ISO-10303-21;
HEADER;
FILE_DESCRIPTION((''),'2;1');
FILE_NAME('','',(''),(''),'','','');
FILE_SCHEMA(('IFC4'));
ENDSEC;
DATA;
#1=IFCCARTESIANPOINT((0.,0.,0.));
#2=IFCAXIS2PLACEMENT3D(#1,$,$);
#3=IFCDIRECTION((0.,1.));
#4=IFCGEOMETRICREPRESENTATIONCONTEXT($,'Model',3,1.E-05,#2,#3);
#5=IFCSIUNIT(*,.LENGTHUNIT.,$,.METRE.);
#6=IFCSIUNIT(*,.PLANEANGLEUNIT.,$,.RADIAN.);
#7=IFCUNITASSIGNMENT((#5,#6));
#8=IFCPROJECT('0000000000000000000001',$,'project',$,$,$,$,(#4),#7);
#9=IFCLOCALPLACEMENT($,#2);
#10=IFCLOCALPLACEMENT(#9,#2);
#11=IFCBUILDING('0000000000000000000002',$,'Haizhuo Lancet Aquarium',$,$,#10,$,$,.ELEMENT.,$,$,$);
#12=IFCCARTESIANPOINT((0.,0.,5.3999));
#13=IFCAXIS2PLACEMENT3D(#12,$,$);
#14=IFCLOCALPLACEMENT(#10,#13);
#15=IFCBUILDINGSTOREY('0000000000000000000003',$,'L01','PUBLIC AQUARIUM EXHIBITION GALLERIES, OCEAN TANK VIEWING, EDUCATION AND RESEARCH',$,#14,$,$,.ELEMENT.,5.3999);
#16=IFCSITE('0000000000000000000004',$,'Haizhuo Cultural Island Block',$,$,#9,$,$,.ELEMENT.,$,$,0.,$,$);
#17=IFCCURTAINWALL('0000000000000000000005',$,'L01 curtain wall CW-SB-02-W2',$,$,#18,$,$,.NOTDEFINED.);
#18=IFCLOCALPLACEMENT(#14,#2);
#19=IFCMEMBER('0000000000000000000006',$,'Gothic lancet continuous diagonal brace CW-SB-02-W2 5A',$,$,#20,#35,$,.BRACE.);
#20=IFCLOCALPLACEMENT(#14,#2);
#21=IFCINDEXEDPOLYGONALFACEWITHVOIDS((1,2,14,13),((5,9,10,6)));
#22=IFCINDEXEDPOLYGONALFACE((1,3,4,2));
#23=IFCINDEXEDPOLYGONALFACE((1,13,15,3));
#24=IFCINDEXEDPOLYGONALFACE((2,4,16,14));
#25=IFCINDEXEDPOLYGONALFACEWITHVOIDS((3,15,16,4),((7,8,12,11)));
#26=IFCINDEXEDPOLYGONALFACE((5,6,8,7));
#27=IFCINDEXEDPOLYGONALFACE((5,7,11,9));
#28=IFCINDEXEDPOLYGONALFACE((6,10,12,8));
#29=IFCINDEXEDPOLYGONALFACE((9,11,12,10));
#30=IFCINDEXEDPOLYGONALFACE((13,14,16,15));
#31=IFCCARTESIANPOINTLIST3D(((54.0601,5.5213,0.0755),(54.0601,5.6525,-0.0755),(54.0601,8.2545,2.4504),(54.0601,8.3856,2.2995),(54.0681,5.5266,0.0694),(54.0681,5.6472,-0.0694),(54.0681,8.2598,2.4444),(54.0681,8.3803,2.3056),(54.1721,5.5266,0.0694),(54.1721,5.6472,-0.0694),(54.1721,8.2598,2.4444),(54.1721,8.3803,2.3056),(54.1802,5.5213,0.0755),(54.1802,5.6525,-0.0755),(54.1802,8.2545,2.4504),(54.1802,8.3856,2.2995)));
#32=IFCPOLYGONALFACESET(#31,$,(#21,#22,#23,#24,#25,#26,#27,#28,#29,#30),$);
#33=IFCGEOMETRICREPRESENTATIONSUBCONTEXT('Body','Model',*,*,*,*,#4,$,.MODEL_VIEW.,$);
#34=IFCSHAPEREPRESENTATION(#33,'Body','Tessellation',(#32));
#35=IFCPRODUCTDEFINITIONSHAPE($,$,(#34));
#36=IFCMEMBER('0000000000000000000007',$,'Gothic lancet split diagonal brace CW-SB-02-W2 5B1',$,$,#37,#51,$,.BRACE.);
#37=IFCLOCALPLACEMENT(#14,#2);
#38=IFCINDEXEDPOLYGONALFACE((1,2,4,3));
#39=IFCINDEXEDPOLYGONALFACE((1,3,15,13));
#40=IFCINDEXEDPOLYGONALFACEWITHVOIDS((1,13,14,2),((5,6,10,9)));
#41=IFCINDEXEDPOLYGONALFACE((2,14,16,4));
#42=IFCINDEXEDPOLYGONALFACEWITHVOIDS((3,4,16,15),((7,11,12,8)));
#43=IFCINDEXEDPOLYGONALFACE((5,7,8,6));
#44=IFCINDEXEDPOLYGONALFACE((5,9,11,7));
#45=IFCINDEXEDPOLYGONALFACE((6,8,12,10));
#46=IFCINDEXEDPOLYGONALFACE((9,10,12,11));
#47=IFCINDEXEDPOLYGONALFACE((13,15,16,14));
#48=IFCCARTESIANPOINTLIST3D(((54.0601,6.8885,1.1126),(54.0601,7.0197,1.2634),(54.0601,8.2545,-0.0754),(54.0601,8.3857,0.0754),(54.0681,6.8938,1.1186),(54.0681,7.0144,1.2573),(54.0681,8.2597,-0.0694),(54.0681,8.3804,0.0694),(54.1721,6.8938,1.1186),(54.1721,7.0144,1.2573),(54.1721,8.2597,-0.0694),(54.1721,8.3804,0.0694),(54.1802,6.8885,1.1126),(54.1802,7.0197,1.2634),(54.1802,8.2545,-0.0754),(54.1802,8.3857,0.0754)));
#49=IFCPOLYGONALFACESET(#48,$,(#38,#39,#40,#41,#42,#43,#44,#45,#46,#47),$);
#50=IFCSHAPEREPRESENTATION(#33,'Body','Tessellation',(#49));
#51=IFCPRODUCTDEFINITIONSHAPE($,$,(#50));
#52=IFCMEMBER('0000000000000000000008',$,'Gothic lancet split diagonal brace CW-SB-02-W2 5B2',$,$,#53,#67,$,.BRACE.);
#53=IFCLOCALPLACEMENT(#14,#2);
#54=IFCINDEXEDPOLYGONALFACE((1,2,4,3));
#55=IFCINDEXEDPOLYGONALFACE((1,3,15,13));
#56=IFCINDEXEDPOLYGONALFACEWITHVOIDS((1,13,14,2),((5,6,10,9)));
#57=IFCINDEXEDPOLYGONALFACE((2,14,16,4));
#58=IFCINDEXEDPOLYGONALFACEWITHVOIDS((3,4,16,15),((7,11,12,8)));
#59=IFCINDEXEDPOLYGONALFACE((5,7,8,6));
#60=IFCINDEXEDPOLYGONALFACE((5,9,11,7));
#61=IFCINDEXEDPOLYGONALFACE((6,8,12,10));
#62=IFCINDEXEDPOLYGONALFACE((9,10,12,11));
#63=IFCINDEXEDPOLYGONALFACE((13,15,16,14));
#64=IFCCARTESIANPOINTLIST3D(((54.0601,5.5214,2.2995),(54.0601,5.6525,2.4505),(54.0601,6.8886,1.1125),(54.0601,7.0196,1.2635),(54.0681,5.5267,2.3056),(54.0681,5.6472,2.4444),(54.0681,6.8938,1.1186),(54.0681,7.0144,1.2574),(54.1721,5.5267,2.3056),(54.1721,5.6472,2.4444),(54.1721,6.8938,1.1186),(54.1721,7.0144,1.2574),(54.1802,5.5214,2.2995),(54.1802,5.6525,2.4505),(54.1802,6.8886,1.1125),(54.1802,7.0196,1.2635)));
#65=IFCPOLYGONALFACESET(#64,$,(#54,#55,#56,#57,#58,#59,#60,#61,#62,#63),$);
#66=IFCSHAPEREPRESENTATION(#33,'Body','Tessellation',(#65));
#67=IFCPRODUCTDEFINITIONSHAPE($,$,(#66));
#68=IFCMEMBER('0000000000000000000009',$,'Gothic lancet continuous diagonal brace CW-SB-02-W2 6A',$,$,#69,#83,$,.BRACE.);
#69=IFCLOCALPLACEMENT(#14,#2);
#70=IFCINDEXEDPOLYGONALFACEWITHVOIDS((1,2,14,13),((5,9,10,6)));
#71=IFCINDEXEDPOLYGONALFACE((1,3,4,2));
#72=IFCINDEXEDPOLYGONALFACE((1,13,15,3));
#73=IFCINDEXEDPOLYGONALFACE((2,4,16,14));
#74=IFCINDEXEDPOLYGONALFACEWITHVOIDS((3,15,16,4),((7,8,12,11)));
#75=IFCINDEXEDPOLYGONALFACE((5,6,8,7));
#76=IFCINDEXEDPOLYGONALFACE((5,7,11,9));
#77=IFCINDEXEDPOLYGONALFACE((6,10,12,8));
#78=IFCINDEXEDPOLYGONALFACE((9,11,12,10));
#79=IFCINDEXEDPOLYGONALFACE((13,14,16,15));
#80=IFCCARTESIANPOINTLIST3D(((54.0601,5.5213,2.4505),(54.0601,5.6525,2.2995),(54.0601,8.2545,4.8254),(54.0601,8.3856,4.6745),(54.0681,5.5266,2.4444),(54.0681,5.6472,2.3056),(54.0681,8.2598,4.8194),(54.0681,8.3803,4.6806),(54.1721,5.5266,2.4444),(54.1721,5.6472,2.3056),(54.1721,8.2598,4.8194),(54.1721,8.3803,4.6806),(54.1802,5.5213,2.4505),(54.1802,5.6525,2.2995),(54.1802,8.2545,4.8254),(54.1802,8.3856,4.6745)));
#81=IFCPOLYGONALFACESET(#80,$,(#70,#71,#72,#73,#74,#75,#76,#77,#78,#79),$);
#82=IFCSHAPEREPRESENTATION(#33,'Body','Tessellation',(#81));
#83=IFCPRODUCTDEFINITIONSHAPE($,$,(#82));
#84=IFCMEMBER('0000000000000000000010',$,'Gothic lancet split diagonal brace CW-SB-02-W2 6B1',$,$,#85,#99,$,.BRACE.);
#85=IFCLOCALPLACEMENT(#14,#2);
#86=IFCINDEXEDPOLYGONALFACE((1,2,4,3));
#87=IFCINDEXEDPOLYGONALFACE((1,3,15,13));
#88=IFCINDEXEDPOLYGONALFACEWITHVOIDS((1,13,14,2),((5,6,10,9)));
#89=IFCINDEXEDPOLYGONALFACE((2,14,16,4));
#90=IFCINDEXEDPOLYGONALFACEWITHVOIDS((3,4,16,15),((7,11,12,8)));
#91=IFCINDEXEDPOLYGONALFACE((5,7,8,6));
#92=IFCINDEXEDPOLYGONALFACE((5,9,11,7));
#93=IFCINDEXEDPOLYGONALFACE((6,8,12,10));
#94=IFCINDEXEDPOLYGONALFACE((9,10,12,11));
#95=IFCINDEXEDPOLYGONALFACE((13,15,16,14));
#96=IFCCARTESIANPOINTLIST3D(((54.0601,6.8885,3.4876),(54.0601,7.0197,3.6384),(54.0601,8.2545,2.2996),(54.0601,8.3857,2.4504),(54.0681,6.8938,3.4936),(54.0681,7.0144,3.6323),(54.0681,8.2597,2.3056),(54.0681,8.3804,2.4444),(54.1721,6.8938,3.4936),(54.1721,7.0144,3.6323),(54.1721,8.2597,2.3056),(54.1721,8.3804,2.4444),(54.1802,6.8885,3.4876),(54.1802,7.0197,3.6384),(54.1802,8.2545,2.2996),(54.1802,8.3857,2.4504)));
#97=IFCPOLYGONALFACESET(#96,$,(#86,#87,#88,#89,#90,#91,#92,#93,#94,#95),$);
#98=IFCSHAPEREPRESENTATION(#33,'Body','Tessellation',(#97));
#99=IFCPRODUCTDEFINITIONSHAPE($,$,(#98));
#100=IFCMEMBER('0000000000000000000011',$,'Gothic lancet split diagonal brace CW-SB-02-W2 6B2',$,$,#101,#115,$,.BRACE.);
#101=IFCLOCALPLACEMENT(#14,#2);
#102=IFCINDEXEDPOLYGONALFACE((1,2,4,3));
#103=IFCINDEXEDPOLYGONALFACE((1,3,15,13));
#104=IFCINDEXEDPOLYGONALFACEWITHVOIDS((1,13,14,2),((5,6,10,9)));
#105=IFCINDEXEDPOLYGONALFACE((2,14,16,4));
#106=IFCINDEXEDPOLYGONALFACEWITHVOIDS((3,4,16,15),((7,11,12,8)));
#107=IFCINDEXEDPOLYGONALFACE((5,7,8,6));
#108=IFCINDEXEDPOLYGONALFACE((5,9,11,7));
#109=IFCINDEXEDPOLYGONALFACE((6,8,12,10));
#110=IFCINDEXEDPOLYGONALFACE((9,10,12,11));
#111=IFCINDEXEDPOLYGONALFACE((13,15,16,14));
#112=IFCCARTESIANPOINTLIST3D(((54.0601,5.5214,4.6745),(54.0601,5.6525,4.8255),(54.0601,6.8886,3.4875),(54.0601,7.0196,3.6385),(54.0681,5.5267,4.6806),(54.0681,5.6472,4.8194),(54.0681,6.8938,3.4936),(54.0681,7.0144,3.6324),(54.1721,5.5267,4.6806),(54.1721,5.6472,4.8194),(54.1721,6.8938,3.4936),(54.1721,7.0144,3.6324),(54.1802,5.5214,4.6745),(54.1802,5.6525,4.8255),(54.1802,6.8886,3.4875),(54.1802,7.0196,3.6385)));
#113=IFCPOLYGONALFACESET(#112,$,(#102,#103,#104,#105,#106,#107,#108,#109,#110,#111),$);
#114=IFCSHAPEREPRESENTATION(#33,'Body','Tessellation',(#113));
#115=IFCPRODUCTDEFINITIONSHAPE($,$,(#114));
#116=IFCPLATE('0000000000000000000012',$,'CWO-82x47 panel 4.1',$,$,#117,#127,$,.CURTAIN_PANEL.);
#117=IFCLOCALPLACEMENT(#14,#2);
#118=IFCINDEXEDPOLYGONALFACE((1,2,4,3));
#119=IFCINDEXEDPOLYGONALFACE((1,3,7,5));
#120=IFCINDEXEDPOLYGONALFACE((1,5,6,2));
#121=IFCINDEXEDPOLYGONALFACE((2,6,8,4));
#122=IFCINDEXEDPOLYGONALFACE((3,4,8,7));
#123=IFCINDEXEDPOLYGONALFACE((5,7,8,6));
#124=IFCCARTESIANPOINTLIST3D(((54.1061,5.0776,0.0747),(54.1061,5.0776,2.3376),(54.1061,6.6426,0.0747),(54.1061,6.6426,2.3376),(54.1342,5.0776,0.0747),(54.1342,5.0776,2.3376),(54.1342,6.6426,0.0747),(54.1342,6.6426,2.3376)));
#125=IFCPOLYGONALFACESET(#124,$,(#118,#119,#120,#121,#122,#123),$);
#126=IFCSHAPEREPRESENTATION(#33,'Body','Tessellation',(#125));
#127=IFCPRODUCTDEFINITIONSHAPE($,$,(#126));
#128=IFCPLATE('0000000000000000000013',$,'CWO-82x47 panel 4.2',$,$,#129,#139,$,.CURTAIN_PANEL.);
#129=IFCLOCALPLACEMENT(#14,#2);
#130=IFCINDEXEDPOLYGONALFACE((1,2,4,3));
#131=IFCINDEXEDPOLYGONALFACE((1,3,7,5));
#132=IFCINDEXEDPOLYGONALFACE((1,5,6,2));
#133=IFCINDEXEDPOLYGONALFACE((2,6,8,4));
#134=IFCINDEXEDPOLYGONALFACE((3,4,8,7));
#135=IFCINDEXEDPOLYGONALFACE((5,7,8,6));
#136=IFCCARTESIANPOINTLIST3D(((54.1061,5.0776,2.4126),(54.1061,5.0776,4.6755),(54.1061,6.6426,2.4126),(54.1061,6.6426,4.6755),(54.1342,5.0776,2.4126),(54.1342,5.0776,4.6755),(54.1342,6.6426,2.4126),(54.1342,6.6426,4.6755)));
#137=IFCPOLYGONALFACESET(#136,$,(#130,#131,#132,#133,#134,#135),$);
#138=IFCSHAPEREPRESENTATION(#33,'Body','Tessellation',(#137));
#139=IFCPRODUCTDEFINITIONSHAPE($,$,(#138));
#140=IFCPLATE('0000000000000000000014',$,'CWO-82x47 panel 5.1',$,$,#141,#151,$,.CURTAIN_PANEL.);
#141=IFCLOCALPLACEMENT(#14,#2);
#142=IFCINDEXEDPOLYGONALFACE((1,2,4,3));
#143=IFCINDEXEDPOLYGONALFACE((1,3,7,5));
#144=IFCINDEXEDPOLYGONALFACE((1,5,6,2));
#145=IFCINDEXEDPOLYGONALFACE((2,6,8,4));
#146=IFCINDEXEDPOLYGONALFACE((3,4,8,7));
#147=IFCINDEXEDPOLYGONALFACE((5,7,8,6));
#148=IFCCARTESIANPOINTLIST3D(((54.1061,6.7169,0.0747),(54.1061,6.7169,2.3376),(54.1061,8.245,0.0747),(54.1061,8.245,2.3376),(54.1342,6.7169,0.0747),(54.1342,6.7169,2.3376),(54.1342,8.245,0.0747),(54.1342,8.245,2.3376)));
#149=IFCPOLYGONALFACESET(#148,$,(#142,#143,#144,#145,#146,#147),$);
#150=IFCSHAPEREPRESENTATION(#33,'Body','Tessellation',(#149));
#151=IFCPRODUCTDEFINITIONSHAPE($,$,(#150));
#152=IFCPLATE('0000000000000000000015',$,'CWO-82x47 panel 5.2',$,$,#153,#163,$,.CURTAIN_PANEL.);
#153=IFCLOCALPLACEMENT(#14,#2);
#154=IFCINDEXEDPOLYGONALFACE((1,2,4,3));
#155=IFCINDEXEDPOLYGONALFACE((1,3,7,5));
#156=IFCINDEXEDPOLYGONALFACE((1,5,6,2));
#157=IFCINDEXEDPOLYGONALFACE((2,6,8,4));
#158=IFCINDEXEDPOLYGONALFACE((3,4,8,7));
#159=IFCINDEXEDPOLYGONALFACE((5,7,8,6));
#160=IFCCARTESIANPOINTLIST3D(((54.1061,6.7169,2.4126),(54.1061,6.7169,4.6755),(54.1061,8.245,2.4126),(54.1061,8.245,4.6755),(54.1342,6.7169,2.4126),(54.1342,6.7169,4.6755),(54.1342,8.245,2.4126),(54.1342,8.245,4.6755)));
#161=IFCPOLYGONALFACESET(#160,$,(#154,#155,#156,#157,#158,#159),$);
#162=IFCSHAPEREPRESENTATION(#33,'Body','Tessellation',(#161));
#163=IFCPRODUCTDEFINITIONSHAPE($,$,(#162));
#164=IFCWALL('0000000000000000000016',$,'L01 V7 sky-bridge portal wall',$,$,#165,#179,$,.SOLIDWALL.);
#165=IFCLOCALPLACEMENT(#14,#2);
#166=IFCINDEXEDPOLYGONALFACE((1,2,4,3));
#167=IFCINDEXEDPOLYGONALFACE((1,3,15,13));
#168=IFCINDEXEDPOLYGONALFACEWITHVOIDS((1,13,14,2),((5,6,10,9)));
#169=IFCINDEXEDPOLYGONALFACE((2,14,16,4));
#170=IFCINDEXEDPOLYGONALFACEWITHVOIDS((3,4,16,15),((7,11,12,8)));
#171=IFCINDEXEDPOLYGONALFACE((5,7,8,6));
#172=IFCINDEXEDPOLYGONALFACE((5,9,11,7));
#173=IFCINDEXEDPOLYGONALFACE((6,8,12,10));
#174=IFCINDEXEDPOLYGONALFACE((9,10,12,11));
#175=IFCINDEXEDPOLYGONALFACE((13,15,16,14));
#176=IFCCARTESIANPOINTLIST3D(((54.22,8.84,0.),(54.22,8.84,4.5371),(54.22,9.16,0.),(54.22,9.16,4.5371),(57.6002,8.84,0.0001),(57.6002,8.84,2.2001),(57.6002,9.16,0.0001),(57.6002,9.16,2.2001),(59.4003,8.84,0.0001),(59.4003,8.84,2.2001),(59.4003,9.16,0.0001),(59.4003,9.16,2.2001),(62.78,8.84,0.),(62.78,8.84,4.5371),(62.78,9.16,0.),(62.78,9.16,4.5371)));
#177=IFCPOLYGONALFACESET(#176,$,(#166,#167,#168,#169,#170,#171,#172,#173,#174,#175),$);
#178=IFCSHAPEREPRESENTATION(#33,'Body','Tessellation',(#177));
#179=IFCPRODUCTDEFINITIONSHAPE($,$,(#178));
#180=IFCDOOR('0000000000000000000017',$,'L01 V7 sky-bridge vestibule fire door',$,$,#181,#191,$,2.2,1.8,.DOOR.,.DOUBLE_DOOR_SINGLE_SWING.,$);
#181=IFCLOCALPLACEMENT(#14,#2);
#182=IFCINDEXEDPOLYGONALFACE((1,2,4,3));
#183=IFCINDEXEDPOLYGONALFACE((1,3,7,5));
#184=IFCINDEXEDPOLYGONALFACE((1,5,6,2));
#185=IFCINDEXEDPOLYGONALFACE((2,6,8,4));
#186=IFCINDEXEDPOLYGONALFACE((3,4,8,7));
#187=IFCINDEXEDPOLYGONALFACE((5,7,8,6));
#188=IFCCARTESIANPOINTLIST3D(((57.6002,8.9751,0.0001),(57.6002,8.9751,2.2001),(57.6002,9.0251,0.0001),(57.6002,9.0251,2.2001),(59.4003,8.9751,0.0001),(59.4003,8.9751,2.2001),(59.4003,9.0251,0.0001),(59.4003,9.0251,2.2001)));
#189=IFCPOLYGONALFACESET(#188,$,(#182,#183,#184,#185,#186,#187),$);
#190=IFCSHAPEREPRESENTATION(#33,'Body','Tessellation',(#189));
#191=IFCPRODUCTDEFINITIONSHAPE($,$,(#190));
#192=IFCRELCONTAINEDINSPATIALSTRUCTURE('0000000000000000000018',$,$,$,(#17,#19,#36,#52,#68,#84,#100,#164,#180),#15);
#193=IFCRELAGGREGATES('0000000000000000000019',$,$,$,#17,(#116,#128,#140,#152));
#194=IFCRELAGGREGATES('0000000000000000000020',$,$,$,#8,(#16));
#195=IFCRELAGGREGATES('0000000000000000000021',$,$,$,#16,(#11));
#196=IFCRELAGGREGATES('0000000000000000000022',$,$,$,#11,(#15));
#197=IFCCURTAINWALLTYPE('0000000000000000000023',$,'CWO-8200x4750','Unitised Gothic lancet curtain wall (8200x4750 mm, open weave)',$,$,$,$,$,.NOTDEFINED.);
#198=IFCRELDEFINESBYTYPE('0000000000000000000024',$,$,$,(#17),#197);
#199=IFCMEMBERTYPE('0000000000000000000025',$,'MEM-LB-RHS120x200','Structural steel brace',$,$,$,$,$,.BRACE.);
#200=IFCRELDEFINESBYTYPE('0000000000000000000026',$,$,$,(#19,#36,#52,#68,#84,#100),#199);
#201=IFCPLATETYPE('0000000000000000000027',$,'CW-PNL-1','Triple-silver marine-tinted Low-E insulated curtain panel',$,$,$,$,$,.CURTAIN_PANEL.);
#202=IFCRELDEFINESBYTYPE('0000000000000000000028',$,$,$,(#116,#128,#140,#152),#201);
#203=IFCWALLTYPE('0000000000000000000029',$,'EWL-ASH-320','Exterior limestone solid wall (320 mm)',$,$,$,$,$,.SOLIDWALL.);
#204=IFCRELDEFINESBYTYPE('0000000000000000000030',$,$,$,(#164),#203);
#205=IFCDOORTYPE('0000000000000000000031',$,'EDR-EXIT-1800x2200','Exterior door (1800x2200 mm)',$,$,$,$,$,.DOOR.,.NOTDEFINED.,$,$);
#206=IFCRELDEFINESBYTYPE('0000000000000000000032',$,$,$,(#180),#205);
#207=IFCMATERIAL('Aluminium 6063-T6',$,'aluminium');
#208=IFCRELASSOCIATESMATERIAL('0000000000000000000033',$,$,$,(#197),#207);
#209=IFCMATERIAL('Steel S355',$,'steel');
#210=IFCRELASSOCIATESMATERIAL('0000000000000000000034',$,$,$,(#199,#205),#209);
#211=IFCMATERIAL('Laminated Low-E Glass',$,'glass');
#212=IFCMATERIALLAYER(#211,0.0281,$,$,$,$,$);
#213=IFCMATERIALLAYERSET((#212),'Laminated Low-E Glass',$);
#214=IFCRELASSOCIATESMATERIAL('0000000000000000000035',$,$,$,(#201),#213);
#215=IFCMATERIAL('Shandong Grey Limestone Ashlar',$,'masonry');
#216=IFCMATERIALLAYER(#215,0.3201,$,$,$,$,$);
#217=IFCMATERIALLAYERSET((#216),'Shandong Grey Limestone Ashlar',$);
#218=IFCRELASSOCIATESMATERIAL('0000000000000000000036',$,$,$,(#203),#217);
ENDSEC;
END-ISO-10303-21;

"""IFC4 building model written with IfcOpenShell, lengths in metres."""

from ifc_helpers import new_model, si_unit, direction, frame, frame_2d, origin, origin_2d, place, context, subcontext, project, spatial, rectangle, hollow_rectangle, extrude, material, layer, layer_set, material_profile, profile_set, type_object, element, fill, aggregate, save


model = new_model("IFC4")

# Units and contexts
model_context = context("Model", 3, precision=1e-05, world=origin(), true_north=direction((0.0, 1.0)))
body_context = subcontext(model_context, "Body", "Model", "MODEL_VIEW")
ifc_project = project(units=[si_unit("LENGTHUNIT", "METRE"), si_unit("PLANEANGLEUNIT", "RADIAN")], contexts=[model_context])

# Site, building, storey
site_placement = place(None, origin())
site = spatial("IfcSite", under=ifc_project, at=site_placement, Name="Haizhuo Cultural Island Block", CompositionType="ELEMENT", RefElevation=0.0)
building_placement = place(site_placement, origin())
building = spatial("IfcBuilding", under=site, at=building_placement, Name="Haizhuo Lancet Aquarium", CompositionType="ELEMENT")
storey_placement = place(building_placement, frame((0.0, 0.0, 5.3999)))
storey = spatial("IfcBuildingStorey", under=building, at=storey_placement, Name="L01", Description="PUBLIC AQUARIUM EXHIBITION GALLERIES, OCEAN TANK VIEWING, EDUCATION AND RESEARCH", CompositionType="ELEMENT", Elevation=5.3999)

# Curtain wall
ifc_material_1 = material(Name="Aluminium 6063-T6", Category="aluminium")
curtain_wall_type = type_object("IfcCurtainWallType", Name="CWO-8200x4750", Description="Unitised Gothic lancet curtain wall (8200x4750 mm, open weave)", PredefinedType="NOTDEFINED", material=ifc_material_1)
curtain_wall_placement = place(storey_placement, origin())
curtain_wall = element("IfcCurtainWall", 1, at=curtain_wall_placement, inside=storey, type_object=curtain_wall_type, Name="L01 curtain wall CW-SB-02-W2", PredefinedType="NOTDEFINED")

# Members
ifc_material_2 = material(Name="Steel S355", Category="steel")
ifc_material_profile_1 = material_profile(ifc_material_2, hollow_rectangle(XDim=0.1201, YDim=0.2, WallThickness=0.0081, at=origin_2d()), Name="RHS 120x200x8")
ifc_profile_set_1 = profile_set([ifc_material_profile_1], Name="Steel S355")
member_type_1 = type_object("IfcMemberType", Name="MEM-LB-RHS120x200", Description="Structural steel brace", PredefinedType="BRACE", material=ifc_profile_set_1)
member_1_placement = place(storey_placement, frame((54.1201, 5.5869, 0.0), z_axis=(0.0, 0.754832, 0.655918), x_axis=(-1.0, 0.0, 0.0)))
element("IfcMember", 2, at=member_1_placement, inside=storey, type_object=member_type_1, Name="Gothic lancet continuous diagonal brace CW-SB-02-W2 5A", PredefinedType="BRACE", context=body_context, shape_type="SweptSolid", body=[
    extrude(hollow_rectangle(XDim=0.1201, YDim=0.2, WallThickness=0.0081, at=origin_2d()), origin(), (0.0, 0.0, 1.0), 3.6208),
])
member_2_placement = place(storey_placement, frame((54.1201, 8.3201, 0.0), z_axis=(0.0, -0.754553, 0.656239), x_axis=(1.0, 0.0, 0.0)))
element("IfcMember", 3, at=member_2_placement, inside=storey, type_object=member_type_1, Name="Gothic lancet split diagonal brace CW-SB-02-W2 5B1", PredefinedType="BRACE", context=body_context, shape_type="SweptSolid", body=[
    extrude(hollow_rectangle(XDim=0.1201, YDim=0.2, WallThickness=0.0081, at=origin_2d()), origin(), (0.0, 0.0, 1.0), 1.8103),
])
member_3_placement = place(storey_placement, frame((54.1201, 6.9541, 1.188), z_axis=(0.0, -0.75511, 0.655598), x_axis=(1.0, 0.0, 0.0)))
element("IfcMember", 4, at=member_3_placement, inside=storey, type_object=member_type_1, Name="Gothic lancet split diagonal brace CW-SB-02-W2 5B2", PredefinedType="BRACE", context=body_context, shape_type="SweptSolid", body=[
    extrude(hollow_rectangle(XDim=0.1201, YDim=0.2, WallThickness=0.0081, at=origin_2d()), origin(), (0.0, 0.0, 1.0), 1.8105),
])
member_4_placement = place(storey_placement, frame((54.1201, 5.5869, 2.375), z_axis=(0.0, 0.754832, 0.655918), x_axis=(-1.0, 0.0, 0.0)))
element("IfcMember", 5, at=member_4_placement, inside=storey, type_object=member_type_1, Name="Gothic lancet continuous diagonal brace CW-SB-02-W2 6A", PredefinedType="BRACE", context=body_context, shape_type="SweptSolid", body=[
    extrude(hollow_rectangle(XDim=0.1201, YDim=0.2, WallThickness=0.0081, at=origin_2d()), origin(), (0.0, 0.0, 1.0), 3.6208),
])
member_5_placement = place(storey_placement, frame((54.1201, 8.3201, 2.375), z_axis=(0.0, -0.754553, 0.656239), x_axis=(1.0, 0.0, 0.0)))
element("IfcMember", 6, at=member_5_placement, inside=storey, type_object=member_type_1, Name="Gothic lancet split diagonal brace CW-SB-02-W2 6B1", PredefinedType="BRACE", context=body_context, shape_type="SweptSolid", body=[
    extrude(hollow_rectangle(XDim=0.1201, YDim=0.2, WallThickness=0.0081, at=origin_2d()), origin(), (0.0, 0.0, 1.0), 1.8103),
])
member_6_placement = place(storey_placement, frame((54.1201, 6.9541, 3.563), z_axis=(0.0, -0.75511, 0.655598), x_axis=(1.0, 0.0, 0.0)))
element("IfcMember", 7, at=member_6_placement, inside=storey, type_object=member_type_1, Name="Gothic lancet split diagonal brace CW-SB-02-W2 6B2", PredefinedType="BRACE", context=body_context, shape_type="SweptSolid", body=[
    extrude(hollow_rectangle(XDim=0.1201, YDim=0.2, WallThickness=0.0081, at=origin_2d()), origin(), (0.0, 0.0, 1.0), 1.8105),
])

# Plates
ifc_material_3 = material(Name="Laminated Low-E Glass", Category="glass")
ifc_layer_1 = layer(ifc_material_3, 0.0281)
ifc_layer_set_1 = layer_set([ifc_layer_1], Name="Laminated Low-E Glass")
plate_type = type_object("IfcPlateType", Name="CW-PNL-1", Description="Triple-silver marine-tinted Low-E insulated curtain panel", PredefinedType="CURTAIN_PANEL", material=ifc_layer_set_1)
plate_1_placement = place(storey_placement, frame((54.1201, 5.8601, 0.0747), z_axis=(0.0, 0.0, 1.0), x_axis=(0.0, 1.0, 0.0)))
plate_1 = element("IfcPlate", 8, at=plate_1_placement, type_object=plate_type, Name="CWO-82x47 panel 4.1", PredefinedType="CURTAIN_PANEL", context=body_context, shape_type="SweptSolid", body=[
    extrude(rectangle(XDim=1.5649, YDim=0.0281, at=origin_2d()), origin(), (0.0, 0.0, 1.0), 2.2629),
])
plate_2_placement = place(storey_placement, frame((54.1201, 5.8601, 2.4126), z_axis=(0.0, 0.0, 1.0), x_axis=(0.0, 1.0, 0.0)))
plate_2 = element("IfcPlate", 9, at=plate_2_placement, type_object=plate_type, Name="CWO-82x47 panel 4.2", PredefinedType="CURTAIN_PANEL", context=body_context, shape_type="SweptSolid", body=[
    extrude(rectangle(XDim=1.5649, YDim=0.0281, at=origin_2d()), origin(), (0.0, 0.0, 1.0), 2.2629),
])
plate_3_placement = place(storey_placement, frame((54.1201, 7.481, 0.0747), z_axis=(0.0, 0.0, 1.0), x_axis=(0.0, 1.0, 0.0)))
plate_3 = element("IfcPlate", 10, at=plate_3_placement, type_object=plate_type, Name="CWO-82x47 panel 5.1", PredefinedType="CURTAIN_PANEL", context=body_context, shape_type="SweptSolid", body=[
    extrude(rectangle(XDim=1.5281, YDim=0.0281, at=origin_2d()), origin(), (0.0, 0.0, 1.0), 2.2629),
])
plate_4_placement = place(storey_placement, frame((54.1201, 7.481, 2.4126), z_axis=(0.0, 0.0, 1.0), x_axis=(0.0, 1.0, 0.0)))
plate_4 = element("IfcPlate", 11, at=plate_4_placement, type_object=plate_type, Name="CWO-82x47 panel 5.2", PredefinedType="CURTAIN_PANEL", context=body_context, shape_type="SweptSolid", body=[
    extrude(rectangle(XDim=1.5281, YDim=0.0281, at=origin_2d()), origin(), (0.0, 0.0, 1.0), 2.2629),
])
aggregate(curtain_wall, [plate_1, plate_2, plate_3, plate_4])

# Wall, opening, door
ifc_material_4 = material(Name="Shandong Grey Limestone Ashlar", Category="masonry")
ifc_layer_2 = layer(ifc_material_4, 0.3201)
ifc_layer_set_2 = layer_set([ifc_layer_2], Name="Shandong Grey Limestone Ashlar")
wall_type = type_object("IfcWallType", Name="EWL-ASH-320", Description="Exterior limestone solid wall (320 mm)", PredefinedType="SOLIDWALL", material=ifc_layer_set_2)
wall_placement = place(storey_placement, frame((62.78, 9.0, 0.0), z_axis=(0.0, 0.0, 1.0), x_axis=(-1.0, 0.0, 0.0)))
wall = element("IfcWall", 12, at=wall_placement, inside=storey, type_object=wall_type, Name="L01 V7 sky-bridge portal wall", PredefinedType="SOLIDWALL", context=body_context, shape_type="SweptSolid", body=[
    extrude(rectangle(XDim=8.5601, YDim=0.3201, at=frame_2d((4.28, 0.0))), origin(), (0.0, 0.0, 1.0), 4.5371),
])
opening_placement = place(wall_placement, frame((3.3799, 0.0, 0.0)))
opening = element("IfcOpeningElement", 13, at=opening_placement, cuts=wall, PredefinedType="OPENING", context=body_context, shape_type="SweptSolid", body=[
    extrude(rectangle(XDim=1.8, YDim=2.2, at=frame_2d((0.8999, 1.1001))), frame((0.0, 0.1699, 0.0), z_axis=(0.0, -1.0, 0.0), x_axis=(1.0, 0.0, 0.0)), (0.0, 0.0, 1.0), 0.3401),
])
door_type = type_object("IfcDoorType", Name="EDR-EXIT-1800x2200", Description="Exterior door (1800x2200 mm)", OperationType="NOTDEFINED", PredefinedType="DOOR", material=ifc_material_2)
door_placement = place(opening_placement, origin())
door = element("IfcDoor", 14, at=door_placement, inside=storey, type_object=door_type, Name="L01 V7 sky-bridge vestibule fire door", OperationType="DOUBLE_DOOR_SINGLE_SWING", OverallHeight=2.2, OverallWidth=1.8, PredefinedType="DOOR", context=body_context, shape_type="SweptSolid", body=[
    extrude(rectangle(XDim=1.8, YDim=2.2, at=frame_2d((0.8999, 1.1001))), frame((0.0, 0.0249, 0.0), z_axis=(0.0, -1.0, 0.0), x_axis=(1.0, 0.0, 0.0)), (0.0, 0.0, 1.0), 0.05),
])
fill(opening, door)

save(model, "model.ifc")
